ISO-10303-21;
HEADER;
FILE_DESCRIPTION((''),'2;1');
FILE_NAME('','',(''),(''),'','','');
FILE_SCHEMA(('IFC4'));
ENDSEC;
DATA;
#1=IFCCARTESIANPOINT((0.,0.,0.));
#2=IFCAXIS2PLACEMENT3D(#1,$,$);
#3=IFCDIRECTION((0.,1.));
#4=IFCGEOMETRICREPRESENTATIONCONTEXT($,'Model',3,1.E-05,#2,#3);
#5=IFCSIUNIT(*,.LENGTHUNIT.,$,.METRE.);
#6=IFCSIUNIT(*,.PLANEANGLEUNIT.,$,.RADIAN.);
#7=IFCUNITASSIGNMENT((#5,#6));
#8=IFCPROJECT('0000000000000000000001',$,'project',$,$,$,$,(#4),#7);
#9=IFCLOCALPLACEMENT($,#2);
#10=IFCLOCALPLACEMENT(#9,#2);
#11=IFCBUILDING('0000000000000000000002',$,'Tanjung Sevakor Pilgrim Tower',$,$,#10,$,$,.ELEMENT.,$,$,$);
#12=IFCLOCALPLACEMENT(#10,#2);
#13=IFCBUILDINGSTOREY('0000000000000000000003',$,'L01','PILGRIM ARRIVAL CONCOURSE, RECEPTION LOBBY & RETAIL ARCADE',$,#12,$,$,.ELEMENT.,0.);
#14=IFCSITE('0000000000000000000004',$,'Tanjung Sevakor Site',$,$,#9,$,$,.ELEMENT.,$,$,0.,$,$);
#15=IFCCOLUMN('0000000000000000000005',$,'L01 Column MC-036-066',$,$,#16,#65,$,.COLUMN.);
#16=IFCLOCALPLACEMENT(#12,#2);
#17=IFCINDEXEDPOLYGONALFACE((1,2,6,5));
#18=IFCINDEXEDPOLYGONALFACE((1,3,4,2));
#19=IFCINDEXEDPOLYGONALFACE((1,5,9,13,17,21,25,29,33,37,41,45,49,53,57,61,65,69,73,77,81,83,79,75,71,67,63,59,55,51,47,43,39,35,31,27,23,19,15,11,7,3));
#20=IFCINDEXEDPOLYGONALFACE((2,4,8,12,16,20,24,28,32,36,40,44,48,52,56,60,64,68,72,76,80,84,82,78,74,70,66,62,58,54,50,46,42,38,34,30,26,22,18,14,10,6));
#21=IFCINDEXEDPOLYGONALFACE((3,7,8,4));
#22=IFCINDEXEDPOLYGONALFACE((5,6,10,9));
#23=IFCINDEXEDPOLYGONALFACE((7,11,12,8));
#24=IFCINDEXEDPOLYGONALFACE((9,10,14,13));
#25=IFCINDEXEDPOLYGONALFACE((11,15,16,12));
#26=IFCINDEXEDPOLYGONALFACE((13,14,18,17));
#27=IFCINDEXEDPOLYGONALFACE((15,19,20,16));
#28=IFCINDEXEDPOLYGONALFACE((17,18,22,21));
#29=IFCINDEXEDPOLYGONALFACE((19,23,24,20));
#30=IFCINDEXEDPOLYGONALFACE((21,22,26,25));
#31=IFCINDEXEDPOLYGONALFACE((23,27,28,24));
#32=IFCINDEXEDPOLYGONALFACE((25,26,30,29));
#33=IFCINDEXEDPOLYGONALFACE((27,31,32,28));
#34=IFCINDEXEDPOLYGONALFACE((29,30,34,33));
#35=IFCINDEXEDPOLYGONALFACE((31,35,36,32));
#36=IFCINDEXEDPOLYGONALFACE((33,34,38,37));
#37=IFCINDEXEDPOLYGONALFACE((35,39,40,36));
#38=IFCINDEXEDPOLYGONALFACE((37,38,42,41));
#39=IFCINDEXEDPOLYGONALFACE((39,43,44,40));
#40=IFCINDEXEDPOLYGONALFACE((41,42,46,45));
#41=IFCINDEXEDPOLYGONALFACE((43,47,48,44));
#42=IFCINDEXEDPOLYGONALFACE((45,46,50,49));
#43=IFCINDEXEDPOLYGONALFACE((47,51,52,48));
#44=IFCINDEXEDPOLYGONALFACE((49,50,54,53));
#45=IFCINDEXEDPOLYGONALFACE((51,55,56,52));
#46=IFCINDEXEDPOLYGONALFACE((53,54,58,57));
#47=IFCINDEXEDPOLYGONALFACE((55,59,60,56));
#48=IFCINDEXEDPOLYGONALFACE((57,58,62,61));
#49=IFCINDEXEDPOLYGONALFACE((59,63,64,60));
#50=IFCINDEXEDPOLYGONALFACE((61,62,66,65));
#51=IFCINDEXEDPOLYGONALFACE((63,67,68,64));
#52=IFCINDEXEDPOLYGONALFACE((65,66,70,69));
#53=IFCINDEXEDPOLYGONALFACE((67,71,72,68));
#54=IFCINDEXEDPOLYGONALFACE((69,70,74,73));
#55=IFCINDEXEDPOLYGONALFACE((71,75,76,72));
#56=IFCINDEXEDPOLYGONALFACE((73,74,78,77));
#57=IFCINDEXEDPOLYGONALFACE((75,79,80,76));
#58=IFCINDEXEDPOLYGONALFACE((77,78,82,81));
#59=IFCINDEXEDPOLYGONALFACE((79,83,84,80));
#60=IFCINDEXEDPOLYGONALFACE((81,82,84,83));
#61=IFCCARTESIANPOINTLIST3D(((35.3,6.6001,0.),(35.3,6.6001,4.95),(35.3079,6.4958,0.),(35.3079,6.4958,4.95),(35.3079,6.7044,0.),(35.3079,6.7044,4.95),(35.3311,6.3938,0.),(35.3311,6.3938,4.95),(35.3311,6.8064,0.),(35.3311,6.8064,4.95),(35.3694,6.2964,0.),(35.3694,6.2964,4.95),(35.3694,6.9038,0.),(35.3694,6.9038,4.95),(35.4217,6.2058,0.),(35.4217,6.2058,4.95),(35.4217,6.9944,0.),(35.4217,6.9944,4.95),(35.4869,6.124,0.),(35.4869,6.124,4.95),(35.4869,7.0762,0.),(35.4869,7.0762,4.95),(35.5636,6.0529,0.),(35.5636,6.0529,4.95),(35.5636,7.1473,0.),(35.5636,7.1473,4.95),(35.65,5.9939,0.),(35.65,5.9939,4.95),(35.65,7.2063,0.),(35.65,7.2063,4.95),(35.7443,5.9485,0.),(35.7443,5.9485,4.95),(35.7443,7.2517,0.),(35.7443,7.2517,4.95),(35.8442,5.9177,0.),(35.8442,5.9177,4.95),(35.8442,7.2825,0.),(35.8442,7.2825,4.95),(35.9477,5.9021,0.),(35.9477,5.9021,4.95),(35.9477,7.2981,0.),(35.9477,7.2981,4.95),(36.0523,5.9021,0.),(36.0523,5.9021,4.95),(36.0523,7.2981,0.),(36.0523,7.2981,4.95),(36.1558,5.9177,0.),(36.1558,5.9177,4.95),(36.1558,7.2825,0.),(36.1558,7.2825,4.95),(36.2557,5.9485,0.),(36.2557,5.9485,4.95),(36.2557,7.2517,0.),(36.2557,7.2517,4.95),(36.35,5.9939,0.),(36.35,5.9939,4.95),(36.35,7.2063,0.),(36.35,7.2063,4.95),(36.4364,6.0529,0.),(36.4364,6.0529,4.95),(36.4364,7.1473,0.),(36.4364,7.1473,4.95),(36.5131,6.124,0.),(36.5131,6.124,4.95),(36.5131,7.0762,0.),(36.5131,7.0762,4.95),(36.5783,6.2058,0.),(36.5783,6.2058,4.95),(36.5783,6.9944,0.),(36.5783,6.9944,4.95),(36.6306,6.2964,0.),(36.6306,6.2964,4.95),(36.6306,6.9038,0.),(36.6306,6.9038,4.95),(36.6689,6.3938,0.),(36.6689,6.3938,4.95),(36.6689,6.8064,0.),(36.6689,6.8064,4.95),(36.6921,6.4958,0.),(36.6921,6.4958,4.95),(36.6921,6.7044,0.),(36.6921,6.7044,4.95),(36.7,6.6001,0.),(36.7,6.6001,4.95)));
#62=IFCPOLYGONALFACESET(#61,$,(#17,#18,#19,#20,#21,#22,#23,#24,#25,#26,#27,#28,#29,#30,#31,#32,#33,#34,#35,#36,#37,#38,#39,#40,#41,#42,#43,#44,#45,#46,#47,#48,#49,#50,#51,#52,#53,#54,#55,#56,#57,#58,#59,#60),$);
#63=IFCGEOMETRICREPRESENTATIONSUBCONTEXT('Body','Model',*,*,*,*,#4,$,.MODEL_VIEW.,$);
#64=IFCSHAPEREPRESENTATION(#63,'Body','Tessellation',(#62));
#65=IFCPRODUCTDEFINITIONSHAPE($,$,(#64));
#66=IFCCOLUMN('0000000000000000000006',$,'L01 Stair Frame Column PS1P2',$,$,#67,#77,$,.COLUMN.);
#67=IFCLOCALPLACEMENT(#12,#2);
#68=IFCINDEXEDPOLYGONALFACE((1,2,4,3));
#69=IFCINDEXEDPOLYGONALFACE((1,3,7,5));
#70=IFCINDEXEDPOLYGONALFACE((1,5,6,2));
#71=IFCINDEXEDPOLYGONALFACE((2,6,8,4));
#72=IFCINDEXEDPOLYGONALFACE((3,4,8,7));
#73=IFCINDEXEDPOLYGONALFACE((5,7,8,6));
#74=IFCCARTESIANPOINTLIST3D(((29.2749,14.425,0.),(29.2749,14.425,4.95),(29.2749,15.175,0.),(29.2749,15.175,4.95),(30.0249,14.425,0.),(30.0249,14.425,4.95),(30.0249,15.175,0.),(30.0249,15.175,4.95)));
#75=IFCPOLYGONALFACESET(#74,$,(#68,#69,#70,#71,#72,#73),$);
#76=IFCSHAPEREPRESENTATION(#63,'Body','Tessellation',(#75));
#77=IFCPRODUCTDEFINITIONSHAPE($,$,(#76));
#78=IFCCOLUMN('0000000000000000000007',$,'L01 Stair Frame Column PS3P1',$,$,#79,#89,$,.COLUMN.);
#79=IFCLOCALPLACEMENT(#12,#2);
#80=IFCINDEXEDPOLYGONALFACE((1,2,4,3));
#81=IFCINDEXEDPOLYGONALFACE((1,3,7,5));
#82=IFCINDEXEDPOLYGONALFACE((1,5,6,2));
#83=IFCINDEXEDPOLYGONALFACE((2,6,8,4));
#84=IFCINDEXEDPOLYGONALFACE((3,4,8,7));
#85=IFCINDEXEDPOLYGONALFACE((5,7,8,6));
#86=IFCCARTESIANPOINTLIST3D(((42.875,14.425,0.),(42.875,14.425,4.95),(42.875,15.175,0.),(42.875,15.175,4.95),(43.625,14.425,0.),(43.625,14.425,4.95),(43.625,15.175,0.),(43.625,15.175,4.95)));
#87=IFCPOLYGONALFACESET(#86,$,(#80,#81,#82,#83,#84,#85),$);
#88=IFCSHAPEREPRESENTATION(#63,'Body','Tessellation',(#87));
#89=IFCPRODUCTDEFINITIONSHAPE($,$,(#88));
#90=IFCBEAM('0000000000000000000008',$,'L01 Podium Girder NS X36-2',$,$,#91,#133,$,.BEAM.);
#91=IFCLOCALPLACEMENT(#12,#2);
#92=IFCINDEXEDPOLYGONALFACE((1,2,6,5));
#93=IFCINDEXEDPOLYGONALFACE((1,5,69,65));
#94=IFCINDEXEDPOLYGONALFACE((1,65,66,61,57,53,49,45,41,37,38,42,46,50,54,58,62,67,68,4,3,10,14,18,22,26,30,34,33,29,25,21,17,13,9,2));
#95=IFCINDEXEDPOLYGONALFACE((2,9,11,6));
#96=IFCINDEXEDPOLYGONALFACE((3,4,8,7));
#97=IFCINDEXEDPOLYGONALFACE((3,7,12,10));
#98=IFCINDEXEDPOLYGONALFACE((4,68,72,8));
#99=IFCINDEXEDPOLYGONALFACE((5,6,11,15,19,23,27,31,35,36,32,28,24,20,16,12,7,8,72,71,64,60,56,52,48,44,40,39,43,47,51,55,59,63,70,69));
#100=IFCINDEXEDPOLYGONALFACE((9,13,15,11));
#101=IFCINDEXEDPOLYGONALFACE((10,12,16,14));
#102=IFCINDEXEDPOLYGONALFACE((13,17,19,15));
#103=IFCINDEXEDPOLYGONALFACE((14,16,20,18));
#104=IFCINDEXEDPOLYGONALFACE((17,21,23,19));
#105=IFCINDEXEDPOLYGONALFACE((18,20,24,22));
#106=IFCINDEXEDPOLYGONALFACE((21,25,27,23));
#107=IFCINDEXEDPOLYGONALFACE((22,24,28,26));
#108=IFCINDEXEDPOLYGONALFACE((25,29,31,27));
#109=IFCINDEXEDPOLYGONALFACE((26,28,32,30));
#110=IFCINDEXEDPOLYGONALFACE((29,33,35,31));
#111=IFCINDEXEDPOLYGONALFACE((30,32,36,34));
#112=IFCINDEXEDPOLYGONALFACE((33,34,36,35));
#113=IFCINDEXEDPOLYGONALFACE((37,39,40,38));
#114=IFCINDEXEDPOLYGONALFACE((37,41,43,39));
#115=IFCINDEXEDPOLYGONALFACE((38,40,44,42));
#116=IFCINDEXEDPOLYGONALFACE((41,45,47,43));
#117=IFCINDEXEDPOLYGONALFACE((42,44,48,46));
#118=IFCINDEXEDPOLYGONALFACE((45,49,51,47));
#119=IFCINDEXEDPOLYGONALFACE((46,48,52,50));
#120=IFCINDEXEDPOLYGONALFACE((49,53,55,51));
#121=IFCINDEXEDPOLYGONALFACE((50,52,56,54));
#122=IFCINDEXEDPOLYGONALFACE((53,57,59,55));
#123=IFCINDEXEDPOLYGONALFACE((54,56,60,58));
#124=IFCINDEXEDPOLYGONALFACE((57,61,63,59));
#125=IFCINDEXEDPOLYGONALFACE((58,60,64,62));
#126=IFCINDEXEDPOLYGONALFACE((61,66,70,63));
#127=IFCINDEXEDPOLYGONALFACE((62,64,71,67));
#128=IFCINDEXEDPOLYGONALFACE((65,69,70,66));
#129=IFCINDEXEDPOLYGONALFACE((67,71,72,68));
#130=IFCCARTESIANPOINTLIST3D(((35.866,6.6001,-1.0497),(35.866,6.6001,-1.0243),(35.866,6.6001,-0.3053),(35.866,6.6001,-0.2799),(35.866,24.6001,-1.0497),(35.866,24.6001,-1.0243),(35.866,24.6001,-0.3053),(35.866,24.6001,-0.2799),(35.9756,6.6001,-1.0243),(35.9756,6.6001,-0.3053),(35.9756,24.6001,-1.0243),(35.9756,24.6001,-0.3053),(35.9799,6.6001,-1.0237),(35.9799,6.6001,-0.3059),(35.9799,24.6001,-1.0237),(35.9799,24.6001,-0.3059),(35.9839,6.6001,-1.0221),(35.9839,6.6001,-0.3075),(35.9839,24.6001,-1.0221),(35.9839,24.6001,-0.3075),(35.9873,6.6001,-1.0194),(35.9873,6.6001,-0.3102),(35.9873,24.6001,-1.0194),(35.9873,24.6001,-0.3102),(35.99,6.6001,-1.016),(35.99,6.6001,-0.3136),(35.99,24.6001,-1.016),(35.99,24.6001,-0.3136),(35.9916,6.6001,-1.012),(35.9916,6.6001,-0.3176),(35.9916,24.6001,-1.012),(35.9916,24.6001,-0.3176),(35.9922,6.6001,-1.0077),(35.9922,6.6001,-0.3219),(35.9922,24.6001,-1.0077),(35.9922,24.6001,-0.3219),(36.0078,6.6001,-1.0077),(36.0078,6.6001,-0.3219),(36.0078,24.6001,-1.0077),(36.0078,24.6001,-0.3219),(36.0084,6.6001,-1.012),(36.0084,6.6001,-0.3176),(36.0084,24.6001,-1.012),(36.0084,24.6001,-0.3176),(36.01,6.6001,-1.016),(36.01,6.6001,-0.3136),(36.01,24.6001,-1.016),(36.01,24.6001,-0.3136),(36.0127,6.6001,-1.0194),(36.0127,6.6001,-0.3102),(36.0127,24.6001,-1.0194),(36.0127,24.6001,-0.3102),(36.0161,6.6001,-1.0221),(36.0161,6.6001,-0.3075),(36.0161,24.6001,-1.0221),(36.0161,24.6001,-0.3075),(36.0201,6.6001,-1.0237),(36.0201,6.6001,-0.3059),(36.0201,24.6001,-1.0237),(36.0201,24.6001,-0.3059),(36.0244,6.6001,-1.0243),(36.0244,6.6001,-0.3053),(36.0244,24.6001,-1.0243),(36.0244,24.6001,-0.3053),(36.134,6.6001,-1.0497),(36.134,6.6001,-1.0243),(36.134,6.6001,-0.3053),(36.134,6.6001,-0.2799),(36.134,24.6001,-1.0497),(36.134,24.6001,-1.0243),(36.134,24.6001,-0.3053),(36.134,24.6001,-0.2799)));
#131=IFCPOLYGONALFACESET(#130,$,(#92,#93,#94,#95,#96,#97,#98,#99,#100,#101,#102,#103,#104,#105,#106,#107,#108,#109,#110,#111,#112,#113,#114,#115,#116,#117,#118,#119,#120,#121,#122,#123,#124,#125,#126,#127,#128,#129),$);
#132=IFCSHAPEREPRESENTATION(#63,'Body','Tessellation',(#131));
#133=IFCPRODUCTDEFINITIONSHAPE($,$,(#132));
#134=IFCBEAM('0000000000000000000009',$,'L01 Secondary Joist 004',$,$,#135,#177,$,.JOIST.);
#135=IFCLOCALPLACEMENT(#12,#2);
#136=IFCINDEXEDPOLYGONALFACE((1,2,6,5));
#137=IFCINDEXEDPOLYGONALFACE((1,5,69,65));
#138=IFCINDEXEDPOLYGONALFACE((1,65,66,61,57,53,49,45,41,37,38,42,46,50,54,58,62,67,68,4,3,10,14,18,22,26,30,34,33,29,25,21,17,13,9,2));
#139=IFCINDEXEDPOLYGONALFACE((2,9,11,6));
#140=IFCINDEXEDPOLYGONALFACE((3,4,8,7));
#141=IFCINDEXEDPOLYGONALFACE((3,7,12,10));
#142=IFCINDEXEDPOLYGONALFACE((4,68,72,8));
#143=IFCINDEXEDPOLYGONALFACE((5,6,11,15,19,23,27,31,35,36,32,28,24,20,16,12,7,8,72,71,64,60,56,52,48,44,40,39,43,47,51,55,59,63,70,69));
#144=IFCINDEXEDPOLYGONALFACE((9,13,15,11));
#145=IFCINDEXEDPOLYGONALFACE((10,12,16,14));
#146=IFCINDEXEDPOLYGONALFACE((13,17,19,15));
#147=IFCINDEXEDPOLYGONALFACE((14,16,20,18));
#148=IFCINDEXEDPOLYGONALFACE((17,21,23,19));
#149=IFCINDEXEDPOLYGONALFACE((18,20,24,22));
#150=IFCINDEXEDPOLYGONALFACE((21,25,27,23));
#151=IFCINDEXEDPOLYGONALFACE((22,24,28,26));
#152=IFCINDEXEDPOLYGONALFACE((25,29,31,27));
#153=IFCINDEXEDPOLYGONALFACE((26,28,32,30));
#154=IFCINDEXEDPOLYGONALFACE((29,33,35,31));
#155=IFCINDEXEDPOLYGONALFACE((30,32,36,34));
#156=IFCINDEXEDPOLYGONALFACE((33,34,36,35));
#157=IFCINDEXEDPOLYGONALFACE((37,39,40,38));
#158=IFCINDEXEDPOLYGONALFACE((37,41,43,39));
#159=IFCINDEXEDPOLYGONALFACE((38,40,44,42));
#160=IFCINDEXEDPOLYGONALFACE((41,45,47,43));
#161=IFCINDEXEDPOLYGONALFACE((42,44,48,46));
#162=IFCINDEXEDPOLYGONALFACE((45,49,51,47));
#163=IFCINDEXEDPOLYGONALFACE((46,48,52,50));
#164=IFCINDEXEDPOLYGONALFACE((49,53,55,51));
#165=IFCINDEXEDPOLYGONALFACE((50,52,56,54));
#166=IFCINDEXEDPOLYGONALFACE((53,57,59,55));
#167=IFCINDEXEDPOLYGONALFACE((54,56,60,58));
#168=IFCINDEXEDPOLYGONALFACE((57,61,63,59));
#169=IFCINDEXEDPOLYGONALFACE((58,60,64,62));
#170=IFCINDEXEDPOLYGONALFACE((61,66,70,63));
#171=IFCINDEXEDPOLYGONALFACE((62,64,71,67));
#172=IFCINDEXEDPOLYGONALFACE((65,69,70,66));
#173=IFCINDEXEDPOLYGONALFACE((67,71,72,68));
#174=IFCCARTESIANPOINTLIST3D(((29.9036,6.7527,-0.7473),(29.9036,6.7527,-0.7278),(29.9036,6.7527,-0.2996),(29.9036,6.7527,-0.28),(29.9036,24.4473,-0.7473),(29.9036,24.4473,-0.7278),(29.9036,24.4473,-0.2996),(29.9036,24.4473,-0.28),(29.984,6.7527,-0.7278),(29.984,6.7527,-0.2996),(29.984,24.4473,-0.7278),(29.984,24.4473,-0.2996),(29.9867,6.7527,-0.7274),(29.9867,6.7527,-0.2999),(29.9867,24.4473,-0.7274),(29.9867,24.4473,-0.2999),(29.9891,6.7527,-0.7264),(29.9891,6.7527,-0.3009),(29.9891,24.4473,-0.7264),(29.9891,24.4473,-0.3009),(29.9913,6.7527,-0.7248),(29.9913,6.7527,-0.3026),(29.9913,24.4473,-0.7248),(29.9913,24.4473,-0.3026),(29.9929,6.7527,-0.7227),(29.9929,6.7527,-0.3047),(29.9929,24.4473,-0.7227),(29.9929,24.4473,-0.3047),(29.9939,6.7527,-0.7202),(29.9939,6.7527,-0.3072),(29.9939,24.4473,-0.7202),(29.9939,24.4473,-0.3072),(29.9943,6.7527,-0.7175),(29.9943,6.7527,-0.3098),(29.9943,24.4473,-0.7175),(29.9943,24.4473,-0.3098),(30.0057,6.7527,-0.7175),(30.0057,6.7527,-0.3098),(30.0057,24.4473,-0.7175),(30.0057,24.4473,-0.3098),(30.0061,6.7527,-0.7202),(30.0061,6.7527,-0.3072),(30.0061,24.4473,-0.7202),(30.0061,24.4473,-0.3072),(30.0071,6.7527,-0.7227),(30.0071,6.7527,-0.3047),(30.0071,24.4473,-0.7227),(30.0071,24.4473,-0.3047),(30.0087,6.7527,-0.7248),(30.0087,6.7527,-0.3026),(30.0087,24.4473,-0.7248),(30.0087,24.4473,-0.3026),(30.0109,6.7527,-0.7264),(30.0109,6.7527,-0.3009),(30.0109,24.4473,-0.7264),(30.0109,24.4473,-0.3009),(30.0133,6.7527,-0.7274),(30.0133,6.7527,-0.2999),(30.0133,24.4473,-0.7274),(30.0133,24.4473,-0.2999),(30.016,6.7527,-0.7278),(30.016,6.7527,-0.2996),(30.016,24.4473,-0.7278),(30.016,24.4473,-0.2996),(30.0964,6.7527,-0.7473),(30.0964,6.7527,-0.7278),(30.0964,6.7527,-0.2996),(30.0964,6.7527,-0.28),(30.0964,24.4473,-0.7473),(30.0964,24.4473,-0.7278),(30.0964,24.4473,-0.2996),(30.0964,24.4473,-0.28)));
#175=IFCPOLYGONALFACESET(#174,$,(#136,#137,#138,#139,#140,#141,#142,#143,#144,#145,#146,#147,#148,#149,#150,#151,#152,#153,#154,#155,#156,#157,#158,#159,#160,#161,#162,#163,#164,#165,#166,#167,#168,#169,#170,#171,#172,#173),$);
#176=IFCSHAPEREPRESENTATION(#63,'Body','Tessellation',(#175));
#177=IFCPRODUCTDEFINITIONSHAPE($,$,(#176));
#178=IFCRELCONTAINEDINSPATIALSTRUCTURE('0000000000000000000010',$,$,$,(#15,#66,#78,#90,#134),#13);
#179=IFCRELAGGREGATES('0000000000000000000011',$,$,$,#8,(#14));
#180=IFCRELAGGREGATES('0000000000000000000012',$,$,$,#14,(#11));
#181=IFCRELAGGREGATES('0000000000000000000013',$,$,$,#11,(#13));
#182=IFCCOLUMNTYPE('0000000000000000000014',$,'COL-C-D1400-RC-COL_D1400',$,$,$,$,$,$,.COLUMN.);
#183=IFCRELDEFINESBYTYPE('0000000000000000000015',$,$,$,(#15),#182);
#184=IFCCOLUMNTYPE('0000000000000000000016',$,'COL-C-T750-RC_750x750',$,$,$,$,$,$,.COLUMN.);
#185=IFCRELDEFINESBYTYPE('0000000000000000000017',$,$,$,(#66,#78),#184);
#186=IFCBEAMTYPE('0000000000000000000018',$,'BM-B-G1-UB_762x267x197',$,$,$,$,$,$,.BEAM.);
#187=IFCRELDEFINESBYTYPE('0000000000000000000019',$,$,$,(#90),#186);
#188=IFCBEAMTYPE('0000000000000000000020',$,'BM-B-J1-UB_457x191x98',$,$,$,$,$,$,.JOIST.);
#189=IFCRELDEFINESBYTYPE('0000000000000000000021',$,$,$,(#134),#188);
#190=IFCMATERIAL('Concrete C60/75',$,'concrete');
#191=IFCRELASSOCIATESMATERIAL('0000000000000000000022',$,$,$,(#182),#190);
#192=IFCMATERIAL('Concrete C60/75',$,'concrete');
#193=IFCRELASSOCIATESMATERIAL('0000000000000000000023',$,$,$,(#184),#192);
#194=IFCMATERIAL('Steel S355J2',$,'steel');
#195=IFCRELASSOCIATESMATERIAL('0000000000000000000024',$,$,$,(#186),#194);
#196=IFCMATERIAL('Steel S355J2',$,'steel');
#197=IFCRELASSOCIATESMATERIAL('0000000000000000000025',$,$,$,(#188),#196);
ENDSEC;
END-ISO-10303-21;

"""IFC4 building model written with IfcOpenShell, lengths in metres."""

from ifc_helpers import new_model, si_unit, direction, frame, origin, origin_2d, place, context, subcontext, project, spatial, rectangle, circle, i_section, extrude, material, material_profile, profile_set, type_object, element, save


model = new_model("IFC4")

# Units and contexts
model_context = context("Model", 3, precision=1e-05, world=origin(), true_north=direction((0.0, 1.0)))
body_context = subcontext(model_context, "Body", "Model", "MODEL_VIEW")
ifc_project = project(units=[si_unit("LENGTHUNIT", "METRE"), si_unit("PLANEANGLEUNIT", "RADIAN")], contexts=[model_context])

# Site, building, storey
site_placement = place(None, origin())
site = spatial("IfcSite", under=ifc_project, at=site_placement, Name="Tanjung Sevakor Site", CompositionType="ELEMENT", RefElevation=0.0)
building_placement = place(site_placement, origin())
building = spatial("IfcBuilding", under=site, at=building_placement, Name="Tanjung Sevakor Pilgrim Tower", CompositionType="ELEMENT")
storey_placement = place(building_placement, origin())
storey = spatial("IfcBuildingStorey", under=building, at=storey_placement, Name="L01", Description="PILGRIM ARRIVAL CONCOURSE, RECEPTION LOBBY & RETAIL ARCADE", CompositionType="ELEMENT", Elevation=0.0)

# Columns
ifc_material_1 = material(Name="Concrete C60/75", Category="concrete")
ifc_material_profile_1 = material_profile(ifc_material_1, circle(Radius=0.7, at=origin_2d()))
ifc_profile_set_1 = profile_set([ifc_material_profile_1], Name="Concrete C60/75")
column_type_1 = type_object("IfcColumnType", Name="COL-C-D1400-RC-COL_D1400", PredefinedType="COLUMN", material=ifc_profile_set_1)
column_placement = place(storey_placement, frame((36.0, 6.6001, 0.0), z_axis=(0.0, 0.0, 1.0), x_axis=(1.0, 0.0, 0.0)))
element("IfcColumn", 1, at=column_placement, inside=storey, type_object=column_type_1, Name="L01 Column MC-036-066", PredefinedType="COLUMN", context=body_context, shape_type="SweptSolid", body=[
    extrude(circle(Radius=0.7, at=origin_2d()), origin(), (0.0, 0.0, 1.0), 4.95),
])
ifc_material_2 = material(Name="Concrete C60/75", Category="concrete")
ifc_material_profile_2 = material_profile(ifc_material_2, rectangle(XDim=0.75, YDim=0.75, at=origin_2d()))
ifc_profile_set_2 = profile_set([ifc_material_profile_2], Name="Concrete C60/75")
column_type_2 = type_object("IfcColumnType", Name="COL-C-T750-RC_750x750", PredefinedType="COLUMN", material=ifc_profile_set_2)
for number, where, z_axis, x_axis, name in (
    (2, (29.6499, 14.8, 0.0), (0.0, 0.0, 1.0), (1.0, 0.0, 0.0), "L01 Stair Frame Column PS1P2"),
    (3, (43.25, 14.8, 0.0), (0.0, 0.0, 1.0), (1.0, 0.0, 0.0), "L01 Stair Frame Column PS3P1"),
):
    element("IfcColumn", number, at=place(storey_placement, frame(where, z_axis=z_axis, x_axis=x_axis)), inside=storey, type_object=column_type_2, Name=name, PredefinedType="COLUMN", context=body_context, shape_type="SweptSolid", body=[
        extrude(rectangle(XDim=0.75, YDim=0.75, at=origin_2d()), origin(), (0.0, 0.0, 1.0), 4.95),
    ])

# Beams
ifc_material_3 = material(Name="Steel S355J2", Category="steel")
ifc_material_profile_3 = material_profile(ifc_material_3, i_section(OverallWidth=0.2681, OverallDepth=0.7698, WebThickness=0.0156, FlangeThickness=0.0254, FilletRadius=0.0166, at=origin_2d()))
ifc_profile_set_3 = profile_set([ifc_material_profile_3], Name="Steel S355J2")
beam_type_1 = type_object("IfcBeamType", Name="BM-B-G1-UB_762x267x197", PredefinedType="BEAM", material=ifc_profile_set_3)
beam_1_placement = place(storey_placement, frame((36.0, 6.6001, -0.6648), z_axis=(0.0, 1.0, 0.0), x_axis=(-1.0, 0.0, 0.0)))
element("IfcBeam", 4, at=beam_1_placement, inside=storey, type_object=beam_type_1, Name="L01 Podium Girder NS X36-2", PredefinedType="BEAM", context=body_context, shape_type="SweptSolid", body=[
    extrude(i_section(OverallWidth=0.2681, OverallDepth=0.7698, WebThickness=0.0156, FlangeThickness=0.0254, FilletRadius=0.0166, at=origin_2d()), origin(), (0.0, 0.0, 1.0), 18.0),
])
ifc_material_4 = material(Name="Steel S355J2", Category="steel")
ifc_material_profile_4 = material_profile(ifc_material_4, i_section(OverallWidth=0.1929, OverallDepth=0.4673, WebThickness=0.0115, FlangeThickness=0.0195, FilletRadius=0.0103, at=origin_2d()))
ifc_profile_set_4 = profile_set([ifc_material_profile_4], Name="Steel S355J2")
beam_type_2 = type_object("IfcBeamType", Name="BM-B-J1-UB_457x191x98", PredefinedType="JOIST", material=ifc_profile_set_4)
for number, where, z_axis, x_axis, name in (
    (5, (30.0, 6.7527, -0.5137), (0.0, 1.0, 0.0), (-1.0, 0.0, 0.0), "L01 Secondary Joist 004"),
):
    element("IfcBeam", number, at=place(storey_placement, frame(where, z_axis=z_axis, x_axis=x_axis)), inside=storey, type_object=beam_type_2, Name=name, PredefinedType="JOIST", context=body_context, shape_type="SweptSolid", body=[
        extrude(i_section(OverallWidth=0.1929, OverallDepth=0.4673, WebThickness=0.0115, FlangeThickness=0.0195, FilletRadius=0.0103, at=origin_2d()), origin(), (0.0, 0.0, 1.0), 17.6946),
    ])

save(model, "model.ifc")
